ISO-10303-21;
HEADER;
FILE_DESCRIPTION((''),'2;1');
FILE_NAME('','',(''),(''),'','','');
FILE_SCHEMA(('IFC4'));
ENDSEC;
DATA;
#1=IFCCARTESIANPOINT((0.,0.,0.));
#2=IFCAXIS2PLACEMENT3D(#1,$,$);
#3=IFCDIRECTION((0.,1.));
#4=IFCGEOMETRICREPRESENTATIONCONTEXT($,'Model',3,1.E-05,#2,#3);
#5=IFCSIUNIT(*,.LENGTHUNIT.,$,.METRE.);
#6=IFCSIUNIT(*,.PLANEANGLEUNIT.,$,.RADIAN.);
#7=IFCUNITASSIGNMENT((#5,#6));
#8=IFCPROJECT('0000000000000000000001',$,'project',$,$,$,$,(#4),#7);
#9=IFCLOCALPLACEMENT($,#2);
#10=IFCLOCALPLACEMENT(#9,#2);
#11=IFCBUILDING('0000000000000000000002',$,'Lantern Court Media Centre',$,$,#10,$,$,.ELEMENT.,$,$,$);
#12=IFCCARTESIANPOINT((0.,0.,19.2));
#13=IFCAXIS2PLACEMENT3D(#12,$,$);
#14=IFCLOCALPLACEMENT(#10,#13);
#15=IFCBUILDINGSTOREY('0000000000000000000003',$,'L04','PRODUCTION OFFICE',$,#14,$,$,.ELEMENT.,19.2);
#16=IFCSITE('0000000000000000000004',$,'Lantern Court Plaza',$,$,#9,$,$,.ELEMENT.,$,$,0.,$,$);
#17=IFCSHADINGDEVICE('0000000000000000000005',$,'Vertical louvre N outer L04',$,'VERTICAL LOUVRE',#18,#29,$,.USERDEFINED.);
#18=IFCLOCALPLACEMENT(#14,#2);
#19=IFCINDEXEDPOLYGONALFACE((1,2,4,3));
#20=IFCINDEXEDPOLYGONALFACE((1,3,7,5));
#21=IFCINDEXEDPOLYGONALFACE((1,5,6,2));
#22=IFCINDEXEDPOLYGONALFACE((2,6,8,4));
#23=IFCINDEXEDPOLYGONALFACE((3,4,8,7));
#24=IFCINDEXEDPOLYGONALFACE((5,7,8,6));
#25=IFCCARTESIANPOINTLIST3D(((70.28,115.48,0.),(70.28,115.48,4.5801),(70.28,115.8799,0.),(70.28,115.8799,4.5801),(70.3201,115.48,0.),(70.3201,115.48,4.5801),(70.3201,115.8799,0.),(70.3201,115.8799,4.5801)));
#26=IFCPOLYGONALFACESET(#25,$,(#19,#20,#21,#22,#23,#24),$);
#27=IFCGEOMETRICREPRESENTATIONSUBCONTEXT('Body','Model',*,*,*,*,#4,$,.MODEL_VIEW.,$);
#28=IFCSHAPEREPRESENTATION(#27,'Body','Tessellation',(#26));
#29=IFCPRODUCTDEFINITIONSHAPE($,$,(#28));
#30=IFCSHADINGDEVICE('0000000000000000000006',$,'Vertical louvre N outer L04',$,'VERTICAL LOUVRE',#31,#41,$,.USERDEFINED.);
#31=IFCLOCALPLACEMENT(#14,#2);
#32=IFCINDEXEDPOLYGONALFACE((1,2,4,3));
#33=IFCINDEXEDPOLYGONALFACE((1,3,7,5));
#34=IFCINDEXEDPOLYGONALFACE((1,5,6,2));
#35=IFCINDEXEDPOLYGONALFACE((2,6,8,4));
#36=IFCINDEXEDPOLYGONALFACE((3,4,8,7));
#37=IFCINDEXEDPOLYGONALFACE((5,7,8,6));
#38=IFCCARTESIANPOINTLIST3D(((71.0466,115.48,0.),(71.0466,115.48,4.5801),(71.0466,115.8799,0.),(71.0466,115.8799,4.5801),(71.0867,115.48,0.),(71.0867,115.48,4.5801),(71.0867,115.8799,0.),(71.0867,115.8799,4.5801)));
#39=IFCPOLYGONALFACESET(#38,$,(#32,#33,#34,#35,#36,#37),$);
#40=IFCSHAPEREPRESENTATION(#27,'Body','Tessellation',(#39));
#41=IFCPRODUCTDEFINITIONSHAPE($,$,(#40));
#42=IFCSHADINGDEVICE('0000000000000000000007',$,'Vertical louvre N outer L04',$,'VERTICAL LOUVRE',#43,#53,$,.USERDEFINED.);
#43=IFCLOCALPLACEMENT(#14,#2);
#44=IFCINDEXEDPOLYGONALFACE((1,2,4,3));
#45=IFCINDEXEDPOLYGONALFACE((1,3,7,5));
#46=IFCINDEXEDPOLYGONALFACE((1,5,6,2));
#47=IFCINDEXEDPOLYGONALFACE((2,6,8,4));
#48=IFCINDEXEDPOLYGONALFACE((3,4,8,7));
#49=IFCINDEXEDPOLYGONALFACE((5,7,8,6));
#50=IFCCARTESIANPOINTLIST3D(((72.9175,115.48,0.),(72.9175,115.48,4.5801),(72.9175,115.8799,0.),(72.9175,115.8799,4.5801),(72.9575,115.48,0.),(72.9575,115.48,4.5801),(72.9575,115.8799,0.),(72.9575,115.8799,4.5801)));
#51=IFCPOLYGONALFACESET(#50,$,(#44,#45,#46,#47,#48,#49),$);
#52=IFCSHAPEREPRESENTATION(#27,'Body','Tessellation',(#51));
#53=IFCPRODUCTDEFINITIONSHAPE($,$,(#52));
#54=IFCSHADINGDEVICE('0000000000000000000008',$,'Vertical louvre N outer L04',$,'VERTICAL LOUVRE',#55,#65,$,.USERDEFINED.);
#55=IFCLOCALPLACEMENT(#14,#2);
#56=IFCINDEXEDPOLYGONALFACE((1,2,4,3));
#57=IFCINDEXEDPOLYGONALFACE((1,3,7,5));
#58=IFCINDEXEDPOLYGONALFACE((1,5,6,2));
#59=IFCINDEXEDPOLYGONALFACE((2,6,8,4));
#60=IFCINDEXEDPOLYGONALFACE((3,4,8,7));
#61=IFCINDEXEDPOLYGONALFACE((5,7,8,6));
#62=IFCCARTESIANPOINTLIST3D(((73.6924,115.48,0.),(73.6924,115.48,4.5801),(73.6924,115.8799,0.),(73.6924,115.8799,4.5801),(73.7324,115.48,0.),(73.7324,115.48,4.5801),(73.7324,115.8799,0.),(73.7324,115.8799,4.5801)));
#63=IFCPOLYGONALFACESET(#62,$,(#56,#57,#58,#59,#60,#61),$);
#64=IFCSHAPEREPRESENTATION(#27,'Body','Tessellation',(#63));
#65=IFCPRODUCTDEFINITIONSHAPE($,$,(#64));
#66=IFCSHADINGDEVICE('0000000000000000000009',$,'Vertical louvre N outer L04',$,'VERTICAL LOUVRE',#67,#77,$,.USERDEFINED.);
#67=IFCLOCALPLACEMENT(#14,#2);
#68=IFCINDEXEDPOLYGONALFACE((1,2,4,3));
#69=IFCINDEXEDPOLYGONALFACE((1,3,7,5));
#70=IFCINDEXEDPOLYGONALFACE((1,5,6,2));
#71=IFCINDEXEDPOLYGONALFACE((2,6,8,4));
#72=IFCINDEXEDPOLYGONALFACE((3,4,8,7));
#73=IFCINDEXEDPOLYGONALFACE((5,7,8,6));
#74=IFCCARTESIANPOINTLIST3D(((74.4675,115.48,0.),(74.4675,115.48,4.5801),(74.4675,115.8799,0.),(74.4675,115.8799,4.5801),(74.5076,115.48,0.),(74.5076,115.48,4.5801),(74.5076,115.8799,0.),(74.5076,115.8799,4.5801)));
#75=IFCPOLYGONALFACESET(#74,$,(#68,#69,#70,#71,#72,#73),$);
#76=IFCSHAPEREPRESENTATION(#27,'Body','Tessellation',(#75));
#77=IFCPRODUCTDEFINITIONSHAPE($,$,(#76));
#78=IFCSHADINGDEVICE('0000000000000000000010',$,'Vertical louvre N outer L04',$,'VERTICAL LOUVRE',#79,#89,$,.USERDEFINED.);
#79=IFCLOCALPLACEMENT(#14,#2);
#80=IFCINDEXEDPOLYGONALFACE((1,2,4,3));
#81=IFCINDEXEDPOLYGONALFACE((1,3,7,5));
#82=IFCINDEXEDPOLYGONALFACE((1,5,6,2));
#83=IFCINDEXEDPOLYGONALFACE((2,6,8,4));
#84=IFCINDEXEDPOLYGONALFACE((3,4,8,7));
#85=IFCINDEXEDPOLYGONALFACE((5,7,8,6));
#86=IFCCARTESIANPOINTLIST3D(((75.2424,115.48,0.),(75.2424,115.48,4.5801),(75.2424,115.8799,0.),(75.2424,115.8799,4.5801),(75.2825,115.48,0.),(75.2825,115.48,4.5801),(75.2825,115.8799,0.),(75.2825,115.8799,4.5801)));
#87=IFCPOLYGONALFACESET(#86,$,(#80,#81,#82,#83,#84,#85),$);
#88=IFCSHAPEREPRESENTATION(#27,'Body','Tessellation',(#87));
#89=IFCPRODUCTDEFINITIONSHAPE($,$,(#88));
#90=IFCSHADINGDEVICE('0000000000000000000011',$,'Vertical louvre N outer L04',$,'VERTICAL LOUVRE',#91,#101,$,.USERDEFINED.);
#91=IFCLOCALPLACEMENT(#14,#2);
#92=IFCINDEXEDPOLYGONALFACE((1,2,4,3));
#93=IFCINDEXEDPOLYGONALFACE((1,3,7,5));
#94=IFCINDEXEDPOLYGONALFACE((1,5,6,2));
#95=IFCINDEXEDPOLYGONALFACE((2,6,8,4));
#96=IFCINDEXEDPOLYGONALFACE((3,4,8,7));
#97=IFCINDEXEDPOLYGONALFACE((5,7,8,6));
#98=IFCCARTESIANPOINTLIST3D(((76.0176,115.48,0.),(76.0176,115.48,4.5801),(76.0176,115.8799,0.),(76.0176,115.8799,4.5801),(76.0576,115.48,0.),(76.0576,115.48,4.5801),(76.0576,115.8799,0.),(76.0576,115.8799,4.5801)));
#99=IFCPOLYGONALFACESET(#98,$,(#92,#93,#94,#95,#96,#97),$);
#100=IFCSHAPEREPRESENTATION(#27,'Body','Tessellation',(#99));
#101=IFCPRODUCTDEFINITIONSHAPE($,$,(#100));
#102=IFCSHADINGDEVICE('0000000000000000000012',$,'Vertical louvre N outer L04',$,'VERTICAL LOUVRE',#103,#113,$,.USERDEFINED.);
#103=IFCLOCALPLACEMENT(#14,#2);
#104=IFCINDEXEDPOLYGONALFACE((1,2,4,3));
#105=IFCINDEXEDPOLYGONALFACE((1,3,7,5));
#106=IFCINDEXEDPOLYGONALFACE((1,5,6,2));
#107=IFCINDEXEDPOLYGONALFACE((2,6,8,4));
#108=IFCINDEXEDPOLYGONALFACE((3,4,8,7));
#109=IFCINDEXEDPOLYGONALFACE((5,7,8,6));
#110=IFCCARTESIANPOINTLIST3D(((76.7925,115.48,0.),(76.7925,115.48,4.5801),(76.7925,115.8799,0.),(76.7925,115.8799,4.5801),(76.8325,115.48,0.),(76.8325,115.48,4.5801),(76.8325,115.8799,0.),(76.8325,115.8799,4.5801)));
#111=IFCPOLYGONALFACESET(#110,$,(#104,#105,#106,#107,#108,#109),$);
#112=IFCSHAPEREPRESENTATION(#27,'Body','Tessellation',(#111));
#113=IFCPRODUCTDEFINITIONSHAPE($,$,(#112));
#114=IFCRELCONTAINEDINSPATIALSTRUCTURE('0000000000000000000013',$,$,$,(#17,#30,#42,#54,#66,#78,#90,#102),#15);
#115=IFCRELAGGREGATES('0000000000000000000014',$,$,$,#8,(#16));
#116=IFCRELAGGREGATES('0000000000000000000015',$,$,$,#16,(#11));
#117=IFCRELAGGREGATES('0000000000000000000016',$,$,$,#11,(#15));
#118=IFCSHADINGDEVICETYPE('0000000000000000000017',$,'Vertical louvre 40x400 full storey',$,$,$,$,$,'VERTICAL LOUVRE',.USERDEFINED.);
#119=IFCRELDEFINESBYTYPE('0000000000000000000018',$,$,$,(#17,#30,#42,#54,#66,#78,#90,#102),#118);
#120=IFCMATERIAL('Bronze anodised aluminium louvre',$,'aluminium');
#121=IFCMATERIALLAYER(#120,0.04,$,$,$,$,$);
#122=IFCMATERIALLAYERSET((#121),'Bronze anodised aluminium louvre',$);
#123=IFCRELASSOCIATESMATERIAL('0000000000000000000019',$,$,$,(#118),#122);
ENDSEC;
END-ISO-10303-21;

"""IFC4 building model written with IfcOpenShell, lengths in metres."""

from ifc_helpers import new_model, si_unit, direction, frame, origin, origin_2d, place, context, subcontext, project, spatial, rectangle, extrude, material, layer, layer_set, type_object, element, save


model = new_model("IFC4")

# Units and contexts
model_context = context("Model", 3, precision=1e-05, world=origin(), true_north=direction((0.0, 1.0)))
body_context = subcontext(model_context, "Body", "Model", "MODEL_VIEW")
ifc_project = project(units=[si_unit("LENGTHUNIT", "METRE"), si_unit("PLANEANGLEUNIT", "RADIAN")], contexts=[model_context])

# Site, building, storey
site_placement = place(None, origin())
site = spatial("IfcSite", under=ifc_project, at=site_placement, Name="Lantern Court Plaza", CompositionType="ELEMENT", RefElevation=0.0)
building_placement = place(site_placement, origin())
building = spatial("IfcBuilding", under=site, at=building_placement, Name="Lantern Court Media Centre", CompositionType="ELEMENT")
storey_placement = place(building_placement, frame((0.0, 0.0, 19.2)))
storey = spatial("IfcBuildingStorey", under=building, at=storey_placement, Name="L04", Description="PRODUCTION OFFICE", CompositionType="ELEMENT", Elevation=19.2)

# Shading devices
ifc_material_1 = material(Name="Bronze anodised aluminium louvre", Category="aluminium")
ifc_layer_1 = layer(ifc_material_1, 0.04)
ifc_layer_set_1 = layer_set([ifc_layer_1], Name="Bronze anodised aluminium louvre")
shading_device_type = type_object("IfcShadingDeviceType", Name="Vertical louvre 40x400 full storey", ElementType="VERTICAL LOUVRE", PredefinedType="USERDEFINED", material=ifc_layer_set_1)
for number, where, z_axis, x_axis, name in (
    (1, (70.3, 115.6799, 0.0), (0.0, 0.0, 1.0), (1.0, 0.0, 0.0), "Vertical louvre N outer L04"),
    (2, (71.0667, 115.6799, 0.0), (0.0, 0.0, 1.0), (1.0, 0.0, 0.0), "Vertical louvre N outer L04"),
    (3, (72.9375, 115.6799, 0.0), (0.0, 0.0, 1.0), (1.0, 0.0, 0.0), "Vertical louvre N outer L04"),
    (4, (73.7124, 115.6799, 0.0), (0.0, 0.0, 1.0), (1.0, 0.0, 0.0), "Vertical louvre N outer L04"),
    (5, (74.4875, 115.6799, 0.0), (0.0, 0.0, 1.0), (1.0, 0.0, 0.0), "Vertical louvre N outer L04"),
    (6, (75.2625, 115.6799, 0.0), (0.0, 0.0, 1.0), (1.0, 0.0, 0.0), "Vertical louvre N outer L04"),
    (7, (76.0376, 115.6799, 0.0), (0.0, 0.0, 1.0), (1.0, 0.0, 0.0), "Vertical louvre N outer L04"),
    (8, (76.8125, 115.6799, 0.0), (0.0, 0.0, 1.0), (1.0, 0.0, 0.0), "Vertical louvre N outer L04"),
):
    element("IfcShadingDevice", number, at=place(storey_placement, frame(where, z_axis=z_axis, x_axis=x_axis)), inside=storey, type_object=shading_device_type, Name=name, ObjectType="VERTICAL LOUVRE", PredefinedType="USERDEFINED", context=body_context, shape_type="SweptSolid", body=[
        extrude(rectangle(XDim=0.04, YDim=0.3999, at=origin_2d()), origin(), (0.0, 0.0, 1.0), 4.5801),
    ])

save(model, "model.ifc")
